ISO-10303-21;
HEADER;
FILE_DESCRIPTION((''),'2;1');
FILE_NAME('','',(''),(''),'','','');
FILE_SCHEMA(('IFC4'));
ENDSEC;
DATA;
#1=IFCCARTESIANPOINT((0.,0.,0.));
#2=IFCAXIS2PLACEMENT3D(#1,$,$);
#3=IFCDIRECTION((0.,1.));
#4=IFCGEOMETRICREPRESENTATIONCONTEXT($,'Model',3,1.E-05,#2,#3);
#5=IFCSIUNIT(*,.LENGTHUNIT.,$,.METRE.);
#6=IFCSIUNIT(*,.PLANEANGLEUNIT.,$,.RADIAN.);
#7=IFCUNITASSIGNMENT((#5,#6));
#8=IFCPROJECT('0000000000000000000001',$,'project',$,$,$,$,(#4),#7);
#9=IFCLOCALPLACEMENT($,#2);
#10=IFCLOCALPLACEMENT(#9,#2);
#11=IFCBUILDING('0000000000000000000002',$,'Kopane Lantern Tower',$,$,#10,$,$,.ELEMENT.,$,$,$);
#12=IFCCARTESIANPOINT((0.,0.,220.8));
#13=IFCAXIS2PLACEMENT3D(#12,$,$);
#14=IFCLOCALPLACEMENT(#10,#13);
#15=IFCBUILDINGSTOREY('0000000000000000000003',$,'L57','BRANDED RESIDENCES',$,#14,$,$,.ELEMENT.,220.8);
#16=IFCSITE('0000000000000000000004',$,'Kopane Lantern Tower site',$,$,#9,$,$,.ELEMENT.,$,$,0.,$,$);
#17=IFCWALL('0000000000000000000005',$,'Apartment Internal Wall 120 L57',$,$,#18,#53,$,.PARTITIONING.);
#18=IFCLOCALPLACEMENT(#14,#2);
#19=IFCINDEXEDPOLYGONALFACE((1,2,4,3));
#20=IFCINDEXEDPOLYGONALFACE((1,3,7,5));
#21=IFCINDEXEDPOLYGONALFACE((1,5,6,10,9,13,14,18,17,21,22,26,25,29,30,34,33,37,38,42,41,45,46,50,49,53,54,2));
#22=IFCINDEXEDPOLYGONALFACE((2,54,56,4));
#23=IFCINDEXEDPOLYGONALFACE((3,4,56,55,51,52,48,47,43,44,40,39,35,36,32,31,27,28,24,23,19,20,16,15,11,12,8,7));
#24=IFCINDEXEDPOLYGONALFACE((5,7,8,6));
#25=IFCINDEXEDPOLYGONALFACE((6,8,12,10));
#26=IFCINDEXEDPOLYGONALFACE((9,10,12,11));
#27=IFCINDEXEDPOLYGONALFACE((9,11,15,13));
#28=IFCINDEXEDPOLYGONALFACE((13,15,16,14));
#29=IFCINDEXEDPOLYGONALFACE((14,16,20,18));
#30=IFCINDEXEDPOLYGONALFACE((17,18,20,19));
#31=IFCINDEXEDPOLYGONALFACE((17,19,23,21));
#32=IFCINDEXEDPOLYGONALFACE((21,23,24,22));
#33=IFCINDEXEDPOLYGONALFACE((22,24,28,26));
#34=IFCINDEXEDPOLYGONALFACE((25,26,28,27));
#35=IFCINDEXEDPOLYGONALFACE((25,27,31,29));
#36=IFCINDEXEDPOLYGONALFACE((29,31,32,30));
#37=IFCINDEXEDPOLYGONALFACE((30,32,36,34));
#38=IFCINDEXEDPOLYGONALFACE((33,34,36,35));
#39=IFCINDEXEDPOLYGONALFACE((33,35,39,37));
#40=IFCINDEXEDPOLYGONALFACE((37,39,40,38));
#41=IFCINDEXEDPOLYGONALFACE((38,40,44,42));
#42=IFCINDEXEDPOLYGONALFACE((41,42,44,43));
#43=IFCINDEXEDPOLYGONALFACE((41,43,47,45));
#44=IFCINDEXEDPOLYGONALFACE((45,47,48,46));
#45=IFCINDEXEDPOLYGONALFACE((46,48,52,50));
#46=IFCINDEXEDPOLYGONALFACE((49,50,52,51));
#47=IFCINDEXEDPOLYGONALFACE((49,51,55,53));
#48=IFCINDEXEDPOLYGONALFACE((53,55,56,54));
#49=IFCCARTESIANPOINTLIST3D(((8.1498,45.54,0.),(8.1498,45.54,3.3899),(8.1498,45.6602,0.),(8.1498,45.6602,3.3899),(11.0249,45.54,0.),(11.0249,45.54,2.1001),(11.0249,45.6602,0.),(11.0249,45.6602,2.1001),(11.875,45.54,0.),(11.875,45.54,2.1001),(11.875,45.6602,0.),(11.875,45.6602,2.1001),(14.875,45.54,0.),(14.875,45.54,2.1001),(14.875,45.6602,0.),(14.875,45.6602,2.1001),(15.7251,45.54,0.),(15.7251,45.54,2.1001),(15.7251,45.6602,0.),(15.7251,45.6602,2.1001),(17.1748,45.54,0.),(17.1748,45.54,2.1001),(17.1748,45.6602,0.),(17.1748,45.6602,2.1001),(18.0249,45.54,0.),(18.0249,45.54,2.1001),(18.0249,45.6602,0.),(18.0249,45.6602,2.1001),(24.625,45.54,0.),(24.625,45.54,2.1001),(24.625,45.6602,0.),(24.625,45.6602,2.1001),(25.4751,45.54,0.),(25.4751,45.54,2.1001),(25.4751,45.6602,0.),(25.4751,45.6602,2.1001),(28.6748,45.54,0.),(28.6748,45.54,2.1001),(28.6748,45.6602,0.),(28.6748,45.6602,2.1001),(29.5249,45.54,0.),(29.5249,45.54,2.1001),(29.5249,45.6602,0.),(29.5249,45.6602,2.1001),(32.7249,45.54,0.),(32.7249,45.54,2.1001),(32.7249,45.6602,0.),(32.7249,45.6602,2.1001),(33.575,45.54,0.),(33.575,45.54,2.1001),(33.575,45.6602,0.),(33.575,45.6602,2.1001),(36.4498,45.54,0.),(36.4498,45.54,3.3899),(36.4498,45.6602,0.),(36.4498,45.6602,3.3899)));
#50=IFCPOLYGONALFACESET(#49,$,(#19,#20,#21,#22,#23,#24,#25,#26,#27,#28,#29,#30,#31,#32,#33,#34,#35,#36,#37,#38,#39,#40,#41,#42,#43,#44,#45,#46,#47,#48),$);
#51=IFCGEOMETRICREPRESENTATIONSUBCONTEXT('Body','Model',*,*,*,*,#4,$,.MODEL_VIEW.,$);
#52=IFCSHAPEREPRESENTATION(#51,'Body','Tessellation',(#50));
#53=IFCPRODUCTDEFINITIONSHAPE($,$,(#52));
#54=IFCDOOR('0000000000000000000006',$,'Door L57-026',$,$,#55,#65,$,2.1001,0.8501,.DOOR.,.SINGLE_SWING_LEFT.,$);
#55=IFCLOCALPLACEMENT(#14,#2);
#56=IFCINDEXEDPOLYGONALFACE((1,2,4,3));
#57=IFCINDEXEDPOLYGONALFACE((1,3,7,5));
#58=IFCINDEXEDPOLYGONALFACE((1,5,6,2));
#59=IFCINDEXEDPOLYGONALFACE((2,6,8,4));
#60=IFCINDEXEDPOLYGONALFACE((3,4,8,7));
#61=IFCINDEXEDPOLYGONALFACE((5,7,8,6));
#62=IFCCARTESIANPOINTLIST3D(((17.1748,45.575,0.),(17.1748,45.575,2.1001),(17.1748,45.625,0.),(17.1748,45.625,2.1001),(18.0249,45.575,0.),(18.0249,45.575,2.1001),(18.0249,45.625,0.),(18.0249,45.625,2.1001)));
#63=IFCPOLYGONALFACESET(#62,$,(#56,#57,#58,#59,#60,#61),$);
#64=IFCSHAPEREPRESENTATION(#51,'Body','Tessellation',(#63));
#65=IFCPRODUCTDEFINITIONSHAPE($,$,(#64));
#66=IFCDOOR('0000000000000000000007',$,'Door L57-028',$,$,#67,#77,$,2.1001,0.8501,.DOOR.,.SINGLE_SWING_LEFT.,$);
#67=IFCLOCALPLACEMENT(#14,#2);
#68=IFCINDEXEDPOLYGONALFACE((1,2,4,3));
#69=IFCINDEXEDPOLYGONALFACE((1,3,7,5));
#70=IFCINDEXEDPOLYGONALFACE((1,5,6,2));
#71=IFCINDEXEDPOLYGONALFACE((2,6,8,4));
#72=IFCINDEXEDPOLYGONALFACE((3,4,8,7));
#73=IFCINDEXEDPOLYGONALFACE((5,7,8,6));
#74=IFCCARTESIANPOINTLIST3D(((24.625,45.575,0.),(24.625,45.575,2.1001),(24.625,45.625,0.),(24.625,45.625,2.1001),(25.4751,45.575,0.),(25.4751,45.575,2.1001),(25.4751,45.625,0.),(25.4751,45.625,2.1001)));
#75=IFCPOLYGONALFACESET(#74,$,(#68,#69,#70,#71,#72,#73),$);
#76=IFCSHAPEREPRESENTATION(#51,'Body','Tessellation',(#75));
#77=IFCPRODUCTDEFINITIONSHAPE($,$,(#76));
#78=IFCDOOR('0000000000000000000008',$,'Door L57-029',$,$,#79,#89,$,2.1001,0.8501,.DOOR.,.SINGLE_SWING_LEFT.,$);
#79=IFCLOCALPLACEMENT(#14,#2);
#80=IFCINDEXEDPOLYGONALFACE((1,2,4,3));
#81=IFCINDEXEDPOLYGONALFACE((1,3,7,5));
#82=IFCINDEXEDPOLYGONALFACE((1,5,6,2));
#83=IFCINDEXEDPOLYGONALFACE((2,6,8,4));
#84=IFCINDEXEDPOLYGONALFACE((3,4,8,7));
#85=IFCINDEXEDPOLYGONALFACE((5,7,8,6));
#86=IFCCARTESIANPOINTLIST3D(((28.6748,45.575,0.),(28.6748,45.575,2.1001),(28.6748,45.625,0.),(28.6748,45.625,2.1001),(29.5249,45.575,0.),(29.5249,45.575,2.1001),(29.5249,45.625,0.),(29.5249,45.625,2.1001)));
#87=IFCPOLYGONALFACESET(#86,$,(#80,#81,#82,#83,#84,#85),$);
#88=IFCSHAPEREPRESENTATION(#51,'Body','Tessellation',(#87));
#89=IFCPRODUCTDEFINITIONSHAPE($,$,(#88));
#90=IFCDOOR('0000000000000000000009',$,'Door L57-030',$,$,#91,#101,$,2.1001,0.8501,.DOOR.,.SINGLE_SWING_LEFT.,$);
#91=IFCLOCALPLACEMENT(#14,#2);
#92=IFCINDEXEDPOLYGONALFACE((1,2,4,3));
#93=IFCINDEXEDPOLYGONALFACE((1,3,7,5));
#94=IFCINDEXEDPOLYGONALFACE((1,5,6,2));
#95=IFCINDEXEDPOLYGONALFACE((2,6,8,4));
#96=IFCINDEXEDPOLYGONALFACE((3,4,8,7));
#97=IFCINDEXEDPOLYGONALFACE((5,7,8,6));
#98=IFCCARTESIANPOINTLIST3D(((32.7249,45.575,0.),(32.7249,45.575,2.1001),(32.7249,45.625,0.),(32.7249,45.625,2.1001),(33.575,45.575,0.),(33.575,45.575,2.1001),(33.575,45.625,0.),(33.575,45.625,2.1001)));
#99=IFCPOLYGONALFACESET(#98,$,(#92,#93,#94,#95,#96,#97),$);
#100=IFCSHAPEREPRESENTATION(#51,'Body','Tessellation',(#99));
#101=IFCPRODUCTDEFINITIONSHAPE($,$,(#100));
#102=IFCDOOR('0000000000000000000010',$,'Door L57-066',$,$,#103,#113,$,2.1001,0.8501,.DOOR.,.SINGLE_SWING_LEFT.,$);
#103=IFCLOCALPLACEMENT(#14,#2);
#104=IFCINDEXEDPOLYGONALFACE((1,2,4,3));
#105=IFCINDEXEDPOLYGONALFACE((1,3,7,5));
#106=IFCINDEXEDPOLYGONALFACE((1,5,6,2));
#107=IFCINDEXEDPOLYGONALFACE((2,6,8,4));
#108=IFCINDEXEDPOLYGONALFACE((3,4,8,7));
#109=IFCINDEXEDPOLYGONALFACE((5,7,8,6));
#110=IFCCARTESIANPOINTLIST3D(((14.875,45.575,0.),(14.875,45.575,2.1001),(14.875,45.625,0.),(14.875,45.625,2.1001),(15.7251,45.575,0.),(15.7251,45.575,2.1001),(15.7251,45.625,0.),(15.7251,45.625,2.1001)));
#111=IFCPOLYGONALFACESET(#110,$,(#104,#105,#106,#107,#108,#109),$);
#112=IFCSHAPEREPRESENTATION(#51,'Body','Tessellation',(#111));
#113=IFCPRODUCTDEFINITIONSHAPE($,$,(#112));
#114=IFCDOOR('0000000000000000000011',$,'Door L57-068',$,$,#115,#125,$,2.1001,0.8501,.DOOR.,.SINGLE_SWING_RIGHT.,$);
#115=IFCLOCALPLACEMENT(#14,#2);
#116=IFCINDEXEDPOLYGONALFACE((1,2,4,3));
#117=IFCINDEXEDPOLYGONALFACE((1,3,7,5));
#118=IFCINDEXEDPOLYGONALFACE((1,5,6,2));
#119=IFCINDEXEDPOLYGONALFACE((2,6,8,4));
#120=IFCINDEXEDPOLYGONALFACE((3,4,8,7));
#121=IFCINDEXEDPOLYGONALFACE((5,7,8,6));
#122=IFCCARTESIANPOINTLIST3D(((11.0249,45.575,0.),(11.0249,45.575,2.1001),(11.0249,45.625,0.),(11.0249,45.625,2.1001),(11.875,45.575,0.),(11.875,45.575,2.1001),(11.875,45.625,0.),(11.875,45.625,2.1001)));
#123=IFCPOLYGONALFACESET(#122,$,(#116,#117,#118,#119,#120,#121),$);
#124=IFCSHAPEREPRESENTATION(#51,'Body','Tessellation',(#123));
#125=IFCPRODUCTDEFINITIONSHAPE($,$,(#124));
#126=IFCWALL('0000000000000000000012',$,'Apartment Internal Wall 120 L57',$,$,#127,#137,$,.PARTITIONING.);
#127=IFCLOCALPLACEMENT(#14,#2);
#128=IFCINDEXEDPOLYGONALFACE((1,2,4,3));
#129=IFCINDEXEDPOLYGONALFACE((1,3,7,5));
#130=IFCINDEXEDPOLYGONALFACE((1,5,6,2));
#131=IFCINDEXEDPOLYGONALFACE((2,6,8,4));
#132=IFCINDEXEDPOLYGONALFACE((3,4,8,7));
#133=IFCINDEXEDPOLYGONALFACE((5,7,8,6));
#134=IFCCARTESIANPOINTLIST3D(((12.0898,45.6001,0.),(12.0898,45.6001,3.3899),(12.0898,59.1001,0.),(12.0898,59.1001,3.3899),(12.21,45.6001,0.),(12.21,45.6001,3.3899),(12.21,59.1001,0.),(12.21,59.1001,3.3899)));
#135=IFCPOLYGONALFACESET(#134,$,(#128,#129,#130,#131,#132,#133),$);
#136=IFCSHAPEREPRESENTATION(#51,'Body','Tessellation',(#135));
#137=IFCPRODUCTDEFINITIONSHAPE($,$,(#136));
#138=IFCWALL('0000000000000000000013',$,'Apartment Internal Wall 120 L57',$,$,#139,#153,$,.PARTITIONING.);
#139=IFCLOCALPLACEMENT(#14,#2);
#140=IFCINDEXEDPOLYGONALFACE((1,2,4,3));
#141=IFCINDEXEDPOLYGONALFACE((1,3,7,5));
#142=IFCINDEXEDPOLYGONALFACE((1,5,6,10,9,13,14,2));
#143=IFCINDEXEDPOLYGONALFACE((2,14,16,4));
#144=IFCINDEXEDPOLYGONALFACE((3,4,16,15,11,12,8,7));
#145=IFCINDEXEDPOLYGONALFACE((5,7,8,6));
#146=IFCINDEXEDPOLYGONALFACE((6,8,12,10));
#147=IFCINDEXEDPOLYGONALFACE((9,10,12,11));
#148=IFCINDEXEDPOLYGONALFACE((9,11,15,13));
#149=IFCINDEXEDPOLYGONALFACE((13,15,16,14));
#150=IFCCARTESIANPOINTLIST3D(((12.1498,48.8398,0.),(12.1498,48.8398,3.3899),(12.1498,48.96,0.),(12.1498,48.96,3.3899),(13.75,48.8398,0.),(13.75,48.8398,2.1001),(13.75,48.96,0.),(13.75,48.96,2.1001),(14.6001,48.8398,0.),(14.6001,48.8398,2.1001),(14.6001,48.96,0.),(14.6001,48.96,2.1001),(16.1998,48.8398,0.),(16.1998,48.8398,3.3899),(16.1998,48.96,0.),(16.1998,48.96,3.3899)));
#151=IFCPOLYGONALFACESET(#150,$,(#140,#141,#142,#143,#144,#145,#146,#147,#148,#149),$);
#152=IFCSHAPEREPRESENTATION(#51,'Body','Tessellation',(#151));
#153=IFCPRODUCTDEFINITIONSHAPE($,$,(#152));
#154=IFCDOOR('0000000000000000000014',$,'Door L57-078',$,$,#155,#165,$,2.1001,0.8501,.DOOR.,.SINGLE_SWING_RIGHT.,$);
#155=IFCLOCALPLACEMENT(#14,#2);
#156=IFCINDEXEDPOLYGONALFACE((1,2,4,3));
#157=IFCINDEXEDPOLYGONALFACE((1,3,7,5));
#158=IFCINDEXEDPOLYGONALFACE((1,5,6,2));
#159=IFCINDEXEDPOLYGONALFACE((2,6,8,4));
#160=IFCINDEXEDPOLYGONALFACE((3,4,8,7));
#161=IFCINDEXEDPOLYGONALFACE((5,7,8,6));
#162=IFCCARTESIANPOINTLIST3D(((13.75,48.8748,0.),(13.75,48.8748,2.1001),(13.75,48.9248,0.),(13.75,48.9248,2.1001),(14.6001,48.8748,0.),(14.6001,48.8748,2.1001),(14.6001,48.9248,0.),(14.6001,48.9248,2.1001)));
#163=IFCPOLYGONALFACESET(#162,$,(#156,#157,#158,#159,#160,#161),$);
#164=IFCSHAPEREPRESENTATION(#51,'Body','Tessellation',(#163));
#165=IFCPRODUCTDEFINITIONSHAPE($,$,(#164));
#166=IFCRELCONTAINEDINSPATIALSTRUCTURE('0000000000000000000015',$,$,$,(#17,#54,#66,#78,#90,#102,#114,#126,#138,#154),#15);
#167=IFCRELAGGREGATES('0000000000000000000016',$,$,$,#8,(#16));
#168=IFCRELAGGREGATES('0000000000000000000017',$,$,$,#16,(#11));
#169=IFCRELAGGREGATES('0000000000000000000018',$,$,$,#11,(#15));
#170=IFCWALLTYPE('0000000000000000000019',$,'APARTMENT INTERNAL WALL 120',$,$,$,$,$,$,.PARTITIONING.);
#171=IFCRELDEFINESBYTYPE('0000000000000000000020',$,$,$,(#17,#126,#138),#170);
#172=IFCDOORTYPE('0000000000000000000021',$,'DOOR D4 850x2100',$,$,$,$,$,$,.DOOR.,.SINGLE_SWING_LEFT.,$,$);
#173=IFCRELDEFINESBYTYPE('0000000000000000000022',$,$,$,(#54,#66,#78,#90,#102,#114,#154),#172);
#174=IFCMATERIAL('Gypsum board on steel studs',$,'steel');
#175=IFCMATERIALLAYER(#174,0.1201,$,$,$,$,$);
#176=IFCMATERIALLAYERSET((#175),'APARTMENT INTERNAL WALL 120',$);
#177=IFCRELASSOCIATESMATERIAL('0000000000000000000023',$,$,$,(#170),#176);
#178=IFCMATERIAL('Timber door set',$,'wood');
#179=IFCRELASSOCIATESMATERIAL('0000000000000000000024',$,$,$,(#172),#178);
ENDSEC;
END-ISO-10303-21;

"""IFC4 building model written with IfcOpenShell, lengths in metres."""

from ifc_helpers import new_model, si_unit, direction, frame, frame_2d, origin, place, context, subcontext, project, spatial, rectangle, extrude, material, layer, layer_set, type_object, element, fill, save


model = new_model("IFC4")

# Units and contexts
model_context = context("Model", 3, precision=1e-05, world=origin(), true_north=direction((0.0, 1.0)))
body_context = subcontext(model_context, "Body", "Model", "MODEL_VIEW")
ifc_project = project(units=[si_unit("LENGTHUNIT", "METRE"), si_unit("PLANEANGLEUNIT", "RADIAN")], contexts=[model_context])

# Site, building, storey
site_placement = place(None, origin())
site = spatial("IfcSite", under=ifc_project, at=site_placement, Name="Kopane Lantern Tower site", CompositionType="ELEMENT", RefElevation=0.0)
building_placement = place(site_placement, origin())
building = spatial("IfcBuilding", under=site, at=building_placement, Name="Kopane Lantern Tower", CompositionType="ELEMENT")
storey_placement = place(building_placement, frame((0.0, 0.0, 220.8)))
storey = spatial("IfcBuildingStorey", under=building, at=storey_placement, Name="L57", Description="BRANDED RESIDENCES", CompositionType="ELEMENT", Elevation=220.8)

# Wall, openings, doors
ifc_material_1 = material(Name="Gypsum board on steel studs", Category="steel")
ifc_layer = layer(ifc_material_1, 0.1201)
ifc_layer_set = layer_set([ifc_layer], Name="APARTMENT INTERNAL WALL 120")
wall_type = type_object("IfcWallType", Name="APARTMENT INTERNAL WALL 120", PredefinedType="PARTITIONING", material=ifc_layer_set)
wall_1_placement = place(storey_placement, frame((8.1499, 45.6001, 0.0), z_axis=(0.0, 0.0, 1.0), x_axis=(1.0, 0.0, 0.0)))
wall_1 = element("IfcWall", 1, at=wall_1_placement, inside=storey, type_object=wall_type, Name="Apartment Internal Wall 120 L57", PredefinedType="PARTITIONING", context=body_context, shape_type="SweptSolid", body=[
    extrude(rectangle(XDim=28.3, YDim=0.1201, at=frame_2d((14.1499, 0.0))), origin(), (0.0, 0.0, 1.0), 3.3899),
])
opening_1_placement = place(wall_1_placement, frame((9.0249, 0.0, 0.0)))
opening_1 = element("IfcOpeningElement", 2, at=opening_1_placement, cuts=wall_1, PredefinedType="OPENING", context=body_context, shape_type="SweptSolid", body=[
    extrude(rectangle(XDim=0.8501, YDim=2.1001, at=frame_2d((0.425, 1.05))), frame((0.0, 0.0701, 0.0), z_axis=(0.0, -1.0, 0.0), x_axis=(1.0, 0.0, 0.0)), (0.0, 0.0, 1.0), 0.1401),
])
opening_2_placement = place(wall_1_placement, frame((16.4751, 0.0, 0.0)))
opening_2 = element("IfcOpeningElement", 3, at=opening_2_placement, cuts=wall_1, PredefinedType="OPENING", context=body_context, shape_type="SweptSolid", body=[
    extrude(rectangle(XDim=0.8501, YDim=2.1001, at=frame_2d((0.425, 1.05))), frame((0.0, 0.0701, 0.0), z_axis=(0.0, -1.0, 0.0), x_axis=(1.0, 0.0, 0.0)), (0.0, 0.0, 1.0), 0.1401),
])
opening_3_placement = place(wall_1_placement, frame((20.5249, 0.0, 0.0)))
opening_3 = element("IfcOpeningElement", 4, at=opening_3_placement, cuts=wall_1, PredefinedType="OPENING", context=body_context, shape_type="SweptSolid", body=[
    extrude(rectangle(XDim=0.8501, YDim=2.1001, at=frame_2d((0.425, 1.05))), frame((0.0, 0.0701, 0.0), z_axis=(0.0, -1.0, 0.0), x_axis=(1.0, 0.0, 0.0)), (0.0, 0.0, 1.0), 0.1401),
])
opening_4_placement = place(wall_1_placement, frame((24.575, 0.0, 0.0)))
opening_4 = element("IfcOpeningElement", 5, at=opening_4_placement, cuts=wall_1, PredefinedType="OPENING", context=body_context, shape_type="SweptSolid", body=[
    extrude(rectangle(XDim=0.8501, YDim=2.1001, at=frame_2d((0.425, 1.05))), frame((0.0, 0.0701, 0.0), z_axis=(0.0, -1.0, 0.0), x_axis=(1.0, 0.0, 0.0)), (0.0, 0.0, 1.0), 0.1401),
])
opening_5_placement = place(wall_1_placement, frame((6.7251, 0.0, 0.0)))
opening_5 = element("IfcOpeningElement", 6, at=opening_5_placement, cuts=wall_1, PredefinedType="OPENING", context=body_context, shape_type="SweptSolid", body=[
    extrude(rectangle(XDim=0.8501, YDim=2.1001, at=frame_2d((0.425, 1.05))), frame((0.0, 0.0701, 0.0), z_axis=(0.0, -1.0, 0.0), x_axis=(1.0, 0.0, 0.0)), (0.0, 0.0, 1.0), 0.1401),
])
opening_6_placement = place(wall_1_placement, frame((2.875, 0.0, 0.0)))
opening_6 = element("IfcOpeningElement", 7, at=opening_6_placement, cuts=wall_1, PredefinedType="OPENING", context=body_context, shape_type="SweptSolid", body=[
    extrude(rectangle(XDim=0.8501, YDim=2.1001, at=frame_2d((0.425, 1.05))), frame((0.0, 0.0701, 0.0), z_axis=(0.0, -1.0, 0.0), x_axis=(1.0, 0.0, 0.0)), (0.0, 0.0, 1.0), 0.1401),
])
ifc_material_2 = material(Name="Timber door set", Category="wood")
door_type = type_object("IfcDoorType", Name="DOOR D4 850x2100", OperationType="SINGLE_SWING_LEFT", PredefinedType="DOOR", material=ifc_material_2)
door_1_placement = place(opening_1_placement, origin())
door_1 = element("IfcDoor", 8, at=door_1_placement, inside=storey, type_object=door_type, Name="Door L57-026", OperationType="SINGLE_SWING_LEFT", OverallHeight=2.1001, OverallWidth=0.8501, PredefinedType="DOOR", context=body_context, shape_type="SweptSolid", body=[
    extrude(rectangle(XDim=0.8501, YDim=2.1001, at=frame_2d((0.425, 1.05))), frame((0.0, 0.0249, 0.0), z_axis=(0.0, -1.0, 0.0), x_axis=(1.0, 0.0, 0.0)), (0.0, 0.0, 1.0), 0.05),
])
fill(opening_1, door_1)
door_2_placement = place(opening_2_placement, origin())
door_2 = element("IfcDoor", 9, at=door_2_placement, inside=storey, type_object=door_type, Name="Door L57-028", OperationType="SINGLE_SWING_LEFT", OverallHeight=2.1001, OverallWidth=0.8501, PredefinedType="DOOR", context=body_context, shape_type="SweptSolid", body=[
    extrude(rectangle(XDim=0.8501, YDim=2.1001, at=frame_2d((0.425, 1.05))), frame((0.0, 0.0249, 0.0), z_axis=(0.0, -1.0, 0.0), x_axis=(1.0, 0.0, 0.0)), (0.0, 0.0, 1.0), 0.05),
])
fill(opening_2, door_2)
door_3_placement = place(opening_3_placement, origin())
door_3 = element("IfcDoor", 10, at=door_3_placement, inside=storey, type_object=door_type, Name="Door L57-029", OperationType="SINGLE_SWING_LEFT", OverallHeight=2.1001, OverallWidth=0.8501, PredefinedType="DOOR", context=body_context, shape_type="SweptSolid", body=[
    extrude(rectangle(XDim=0.8501, YDim=2.1001, at=frame_2d((0.425, 1.05))), frame((0.0, 0.0249, 0.0), z_axis=(0.0, -1.0, 0.0), x_axis=(1.0, 0.0, 0.0)), (0.0, 0.0, 1.0), 0.05),
])
fill(opening_3, door_3)
door_4_placement = place(opening_4_placement, origin())
door_4 = element("IfcDoor", 11, at=door_4_placement, inside=storey, type_object=door_type, Name="Door L57-030", OperationType="SINGLE_SWING_LEFT", OverallHeight=2.1001, OverallWidth=0.8501, PredefinedType="DOOR", context=body_context, shape_type="SweptSolid", body=[
    extrude(rectangle(XDim=0.8501, YDim=2.1001, at=frame_2d((0.425, 1.05))), frame((0.0, 0.0249, 0.0), z_axis=(0.0, -1.0, 0.0), x_axis=(1.0, 0.0, 0.0)), (0.0, 0.0, 1.0), 0.05),
])
fill(opening_4, door_4)
door_5_placement = place(opening_5_placement, origin())
door_5 = element("IfcDoor", 12, at=door_5_placement, inside=storey, type_object=door_type, Name="Door L57-066", OperationType="SINGLE_SWING_LEFT", OverallHeight=2.1001, OverallWidth=0.8501, PredefinedType="DOOR", context=body_context, shape_type="SweptSolid", body=[
    extrude(rectangle(XDim=0.8501, YDim=2.1001, at=frame_2d((0.425, 1.05))), frame((0.0, 0.0249, 0.0), z_axis=(0.0, -1.0, 0.0), x_axis=(1.0, 0.0, 0.0)), (0.0, 0.0, 1.0), 0.05),
])
fill(opening_5, door_5)
door_6_placement = place(opening_6_placement, origin())
door_6 = element("IfcDoor", 13, at=door_6_placement, inside=storey, type_object=door_type, Name="Door L57-068", OperationType="SINGLE_SWING_RIGHT", OverallHeight=2.1001, OverallWidth=0.8501, PredefinedType="DOOR", context=body_context, shape_type="SweptSolid", body=[
    extrude(rectangle(XDim=0.8501, YDim=2.1001, at=frame_2d((0.425, 1.05))), frame((0.0, 0.0249, 0.0), z_axis=(0.0, -1.0, 0.0), x_axis=(1.0, 0.0, 0.0)), (0.0, 0.0, 1.0), 0.05),
])
fill(opening_6, door_6)

# Wall
wall_2_placement = place(storey_placement, frame((12.1499, 45.6001, 0.0), z_axis=(0.0, 0.0, 1.0), x_axis=(0.0, 1.0, 0.0)))
element("IfcWall", 14, at=wall_2_placement, inside=storey, type_object=wall_type, Name="Apartment Internal Wall 120 L57", PredefinedType="PARTITIONING", context=body_context, shape_type="SweptSolid", body=[
    extrude(rectangle(XDim=13.5, YDim=0.1201, at=frame_2d((6.75, 0.0))), origin(), (0.0, 0.0, 1.0), 3.3899),
])

# Wall, opening, door
wall_3_placement = place(storey_placement, frame((12.1499, 48.8999, 0.0), z_axis=(0.0, 0.0, 1.0), x_axis=(1.0, 0.0, 0.0)))
wall_3 = element("IfcWall", 15, at=wall_3_placement, inside=storey, type_object=wall_type, Name="Apartment Internal Wall 120 L57", PredefinedType="PARTITIONING", context=body_context, shape_type="SweptSolid", body=[
    extrude(rectangle(XDim=4.05, YDim=0.1201, at=frame_2d((2.0249, 0.0))), origin(), (0.0, 0.0, 1.0), 3.3899),
])
opening_7_placement = place(wall_3_placement, frame((1.6001, 0.0, 0.0)))
opening_7 = element("IfcOpeningElement", 16, at=opening_7_placement, cuts=wall_3, PredefinedType="OPENING", context=body_context, shape_type="SweptSolid", body=[
    extrude(rectangle(XDim=0.8501, YDim=2.1001, at=frame_2d((0.425, 1.05))), frame((0.0, 0.0701, 0.0), z_axis=(0.0, -1.0, 0.0), x_axis=(1.0, 0.0, 0.0)), (0.0, 0.0, 1.0), 0.1401),
])
door_7_placement = place(opening_7_placement, origin())
door_7 = element("IfcDoor", 17, at=door_7_placement, inside=storey, type_object=door_type, Name="Door L57-078", OperationType="SINGLE_SWING_RIGHT", OverallHeight=2.1001, OverallWidth=0.8501, PredefinedType="DOOR", context=body_context, shape_type="SweptSolid", body=[
    extrude(rectangle(XDim=0.8501, YDim=2.1001, at=frame_2d((0.425, 1.05))), frame((0.0, 0.0249, 0.0), z_axis=(0.0, -1.0, 0.0), x_axis=(1.0, 0.0, 0.0)), (0.0, 0.0, 1.0), 0.05),
])
fill(opening_7, door_7)

save(model, "model.ifc")
